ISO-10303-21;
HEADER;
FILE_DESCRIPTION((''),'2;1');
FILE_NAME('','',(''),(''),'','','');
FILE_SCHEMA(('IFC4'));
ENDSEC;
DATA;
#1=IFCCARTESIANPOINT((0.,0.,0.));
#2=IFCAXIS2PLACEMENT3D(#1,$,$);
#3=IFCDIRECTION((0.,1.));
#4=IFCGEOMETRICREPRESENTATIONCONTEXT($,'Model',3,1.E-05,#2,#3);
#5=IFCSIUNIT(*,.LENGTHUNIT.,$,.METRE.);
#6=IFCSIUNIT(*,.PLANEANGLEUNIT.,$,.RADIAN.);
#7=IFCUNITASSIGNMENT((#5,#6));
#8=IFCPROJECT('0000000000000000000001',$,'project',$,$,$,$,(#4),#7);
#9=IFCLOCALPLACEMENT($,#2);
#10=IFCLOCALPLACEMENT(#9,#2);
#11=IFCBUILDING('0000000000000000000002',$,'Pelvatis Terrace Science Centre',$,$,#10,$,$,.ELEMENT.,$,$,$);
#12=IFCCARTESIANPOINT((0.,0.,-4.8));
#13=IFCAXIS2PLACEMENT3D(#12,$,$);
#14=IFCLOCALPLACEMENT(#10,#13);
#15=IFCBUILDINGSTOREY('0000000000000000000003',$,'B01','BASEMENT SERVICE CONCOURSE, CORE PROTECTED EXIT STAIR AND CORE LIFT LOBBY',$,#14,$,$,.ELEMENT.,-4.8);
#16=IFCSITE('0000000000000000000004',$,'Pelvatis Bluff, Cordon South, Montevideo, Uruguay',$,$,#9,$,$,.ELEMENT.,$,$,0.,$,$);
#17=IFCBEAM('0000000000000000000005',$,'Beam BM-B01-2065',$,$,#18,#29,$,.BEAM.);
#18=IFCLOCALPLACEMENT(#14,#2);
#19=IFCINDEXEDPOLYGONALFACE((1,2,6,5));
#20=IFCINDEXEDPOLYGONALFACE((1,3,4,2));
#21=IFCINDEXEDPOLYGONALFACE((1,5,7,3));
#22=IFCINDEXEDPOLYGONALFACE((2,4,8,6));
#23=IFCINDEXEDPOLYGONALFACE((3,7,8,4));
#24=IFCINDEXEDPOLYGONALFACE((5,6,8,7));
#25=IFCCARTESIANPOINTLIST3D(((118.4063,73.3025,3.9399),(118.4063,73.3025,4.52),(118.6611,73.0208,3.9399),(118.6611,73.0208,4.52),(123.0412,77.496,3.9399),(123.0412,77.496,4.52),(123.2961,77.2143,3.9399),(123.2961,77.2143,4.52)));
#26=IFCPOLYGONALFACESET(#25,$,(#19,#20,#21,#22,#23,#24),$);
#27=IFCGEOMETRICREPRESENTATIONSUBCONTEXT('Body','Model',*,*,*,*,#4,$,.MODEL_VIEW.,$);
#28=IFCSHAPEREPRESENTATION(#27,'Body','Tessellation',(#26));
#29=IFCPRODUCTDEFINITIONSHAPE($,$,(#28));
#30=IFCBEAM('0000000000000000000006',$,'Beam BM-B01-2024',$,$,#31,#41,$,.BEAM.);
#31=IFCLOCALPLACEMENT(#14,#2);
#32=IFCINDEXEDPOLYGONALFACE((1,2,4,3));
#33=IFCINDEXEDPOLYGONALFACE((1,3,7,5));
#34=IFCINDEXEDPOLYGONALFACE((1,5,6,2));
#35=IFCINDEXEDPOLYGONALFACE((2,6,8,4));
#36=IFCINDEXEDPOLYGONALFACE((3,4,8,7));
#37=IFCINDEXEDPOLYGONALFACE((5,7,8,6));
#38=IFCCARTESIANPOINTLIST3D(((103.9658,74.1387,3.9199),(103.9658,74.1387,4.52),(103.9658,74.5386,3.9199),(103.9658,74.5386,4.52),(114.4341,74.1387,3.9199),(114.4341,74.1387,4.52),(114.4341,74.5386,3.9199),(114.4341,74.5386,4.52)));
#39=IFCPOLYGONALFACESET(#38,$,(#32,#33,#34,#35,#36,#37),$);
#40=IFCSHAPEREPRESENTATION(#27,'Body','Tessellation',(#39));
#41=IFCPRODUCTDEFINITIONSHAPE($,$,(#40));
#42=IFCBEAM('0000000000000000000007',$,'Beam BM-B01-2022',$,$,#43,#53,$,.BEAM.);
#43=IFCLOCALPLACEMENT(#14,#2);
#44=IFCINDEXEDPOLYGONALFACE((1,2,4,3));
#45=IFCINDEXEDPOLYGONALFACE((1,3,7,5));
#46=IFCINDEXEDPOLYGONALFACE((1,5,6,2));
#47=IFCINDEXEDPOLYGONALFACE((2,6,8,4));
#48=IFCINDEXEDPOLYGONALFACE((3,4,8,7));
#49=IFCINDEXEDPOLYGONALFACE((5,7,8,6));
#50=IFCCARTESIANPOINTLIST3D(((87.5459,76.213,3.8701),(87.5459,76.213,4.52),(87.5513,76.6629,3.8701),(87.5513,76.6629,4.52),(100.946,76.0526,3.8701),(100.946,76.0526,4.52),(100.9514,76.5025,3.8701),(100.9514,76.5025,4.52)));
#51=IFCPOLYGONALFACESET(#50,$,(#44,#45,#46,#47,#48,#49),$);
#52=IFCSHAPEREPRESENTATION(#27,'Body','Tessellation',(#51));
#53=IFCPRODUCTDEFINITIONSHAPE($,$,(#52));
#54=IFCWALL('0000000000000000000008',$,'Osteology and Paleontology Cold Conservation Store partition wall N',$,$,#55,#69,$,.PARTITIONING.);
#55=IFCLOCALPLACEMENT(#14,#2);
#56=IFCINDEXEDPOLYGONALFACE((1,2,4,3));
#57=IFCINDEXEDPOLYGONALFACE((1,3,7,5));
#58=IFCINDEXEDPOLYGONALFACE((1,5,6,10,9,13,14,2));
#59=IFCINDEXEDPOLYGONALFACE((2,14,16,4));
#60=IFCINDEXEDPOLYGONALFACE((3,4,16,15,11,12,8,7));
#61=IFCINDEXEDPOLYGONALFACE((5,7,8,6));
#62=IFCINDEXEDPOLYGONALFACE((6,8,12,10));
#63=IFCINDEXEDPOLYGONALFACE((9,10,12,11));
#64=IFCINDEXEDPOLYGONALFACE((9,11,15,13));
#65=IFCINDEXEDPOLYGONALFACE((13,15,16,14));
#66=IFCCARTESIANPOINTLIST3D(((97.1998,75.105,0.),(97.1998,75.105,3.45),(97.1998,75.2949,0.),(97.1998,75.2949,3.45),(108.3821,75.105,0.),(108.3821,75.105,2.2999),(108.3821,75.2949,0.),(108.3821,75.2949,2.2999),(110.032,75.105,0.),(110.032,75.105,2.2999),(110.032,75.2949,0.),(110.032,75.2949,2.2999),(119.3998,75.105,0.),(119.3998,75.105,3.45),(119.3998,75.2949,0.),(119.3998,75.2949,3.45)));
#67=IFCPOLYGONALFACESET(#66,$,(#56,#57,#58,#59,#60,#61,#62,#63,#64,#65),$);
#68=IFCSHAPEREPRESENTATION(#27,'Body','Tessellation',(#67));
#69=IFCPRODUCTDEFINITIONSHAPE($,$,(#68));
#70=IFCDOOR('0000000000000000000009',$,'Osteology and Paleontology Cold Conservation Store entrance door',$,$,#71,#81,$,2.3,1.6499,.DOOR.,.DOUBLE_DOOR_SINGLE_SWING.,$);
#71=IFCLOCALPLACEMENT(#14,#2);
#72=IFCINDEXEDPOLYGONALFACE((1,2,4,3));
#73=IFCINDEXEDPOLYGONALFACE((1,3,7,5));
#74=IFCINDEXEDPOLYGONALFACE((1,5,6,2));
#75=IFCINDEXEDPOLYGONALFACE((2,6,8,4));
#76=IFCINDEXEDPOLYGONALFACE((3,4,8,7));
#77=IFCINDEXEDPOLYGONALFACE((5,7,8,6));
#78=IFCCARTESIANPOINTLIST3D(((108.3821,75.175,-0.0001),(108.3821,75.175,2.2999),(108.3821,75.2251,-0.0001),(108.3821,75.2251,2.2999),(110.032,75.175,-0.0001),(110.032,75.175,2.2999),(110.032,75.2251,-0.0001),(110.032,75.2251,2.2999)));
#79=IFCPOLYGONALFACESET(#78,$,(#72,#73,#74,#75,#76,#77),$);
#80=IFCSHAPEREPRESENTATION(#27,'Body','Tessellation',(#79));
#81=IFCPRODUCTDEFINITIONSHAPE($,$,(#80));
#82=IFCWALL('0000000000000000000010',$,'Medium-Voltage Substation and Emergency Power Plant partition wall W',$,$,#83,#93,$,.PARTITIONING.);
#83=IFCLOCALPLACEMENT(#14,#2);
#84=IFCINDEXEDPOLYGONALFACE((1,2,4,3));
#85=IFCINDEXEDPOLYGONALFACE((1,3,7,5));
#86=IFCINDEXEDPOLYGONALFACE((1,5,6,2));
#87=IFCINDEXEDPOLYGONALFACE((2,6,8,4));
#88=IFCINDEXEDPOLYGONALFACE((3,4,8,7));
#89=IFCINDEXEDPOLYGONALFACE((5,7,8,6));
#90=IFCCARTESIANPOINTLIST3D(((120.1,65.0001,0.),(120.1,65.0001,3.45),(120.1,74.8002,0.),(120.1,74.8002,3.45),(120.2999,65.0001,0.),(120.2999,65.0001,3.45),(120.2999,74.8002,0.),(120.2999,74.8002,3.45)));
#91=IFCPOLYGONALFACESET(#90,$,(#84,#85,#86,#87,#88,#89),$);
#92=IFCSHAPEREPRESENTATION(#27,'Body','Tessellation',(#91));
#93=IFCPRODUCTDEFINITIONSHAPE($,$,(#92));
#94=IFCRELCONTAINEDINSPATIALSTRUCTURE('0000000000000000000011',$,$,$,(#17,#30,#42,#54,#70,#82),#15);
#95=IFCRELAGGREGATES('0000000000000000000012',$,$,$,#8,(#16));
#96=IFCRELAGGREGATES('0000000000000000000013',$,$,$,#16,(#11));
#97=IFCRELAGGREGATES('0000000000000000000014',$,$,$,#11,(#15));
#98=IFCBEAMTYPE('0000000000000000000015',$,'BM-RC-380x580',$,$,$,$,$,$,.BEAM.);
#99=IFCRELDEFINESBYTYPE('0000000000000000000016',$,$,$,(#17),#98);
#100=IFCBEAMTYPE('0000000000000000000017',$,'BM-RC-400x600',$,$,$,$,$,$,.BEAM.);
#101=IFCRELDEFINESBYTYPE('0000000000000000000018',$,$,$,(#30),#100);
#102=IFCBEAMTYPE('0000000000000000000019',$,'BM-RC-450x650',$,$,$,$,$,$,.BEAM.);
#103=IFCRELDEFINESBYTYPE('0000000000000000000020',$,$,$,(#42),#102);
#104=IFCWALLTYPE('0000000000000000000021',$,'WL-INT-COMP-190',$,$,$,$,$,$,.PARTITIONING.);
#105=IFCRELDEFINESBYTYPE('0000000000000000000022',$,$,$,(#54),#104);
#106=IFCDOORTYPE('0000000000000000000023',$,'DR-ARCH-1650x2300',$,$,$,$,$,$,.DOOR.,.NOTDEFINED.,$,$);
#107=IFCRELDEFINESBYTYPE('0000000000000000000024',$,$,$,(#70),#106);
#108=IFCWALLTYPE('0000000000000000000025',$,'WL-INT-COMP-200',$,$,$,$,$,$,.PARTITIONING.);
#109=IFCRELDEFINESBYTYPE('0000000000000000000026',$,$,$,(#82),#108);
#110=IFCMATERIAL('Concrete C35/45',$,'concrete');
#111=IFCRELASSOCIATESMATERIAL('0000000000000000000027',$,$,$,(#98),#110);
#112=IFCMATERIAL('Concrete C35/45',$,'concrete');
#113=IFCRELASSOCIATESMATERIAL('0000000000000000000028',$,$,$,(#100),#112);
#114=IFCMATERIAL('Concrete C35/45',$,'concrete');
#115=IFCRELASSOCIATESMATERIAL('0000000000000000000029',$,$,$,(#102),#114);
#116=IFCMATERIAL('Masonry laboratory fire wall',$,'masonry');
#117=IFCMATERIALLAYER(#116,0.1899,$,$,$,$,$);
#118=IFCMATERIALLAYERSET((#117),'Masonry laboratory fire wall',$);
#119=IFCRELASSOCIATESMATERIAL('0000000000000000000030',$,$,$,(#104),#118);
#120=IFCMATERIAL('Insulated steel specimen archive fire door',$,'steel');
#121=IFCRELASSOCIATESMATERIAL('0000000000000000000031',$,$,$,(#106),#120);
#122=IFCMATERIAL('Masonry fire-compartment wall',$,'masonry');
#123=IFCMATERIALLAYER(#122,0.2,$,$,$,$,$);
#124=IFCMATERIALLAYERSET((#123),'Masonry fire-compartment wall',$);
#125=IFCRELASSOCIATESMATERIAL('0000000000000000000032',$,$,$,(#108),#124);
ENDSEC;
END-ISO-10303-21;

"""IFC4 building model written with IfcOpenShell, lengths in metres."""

from ifc_helpers import new_model, si_unit, direction, frame, frame_2d, origin, origin_2d, place, context, subcontext, project, spatial, rectangle, extrude, material, layer, layer_set, material_profile, profile_set, type_object, element, fill, save


model = new_model("IFC4")

# Units and contexts
model_context = context("Model", 3, precision=1e-05, world=origin(), true_north=direction((0.0, 1.0)))
body_context = subcontext(model_context, "Body", "Model", "MODEL_VIEW")
ifc_project = project(units=[si_unit("LENGTHUNIT", "METRE"), si_unit("PLANEANGLEUNIT", "RADIAN")], contexts=[model_context])

# Site, building, storey
site_placement = place(None, origin())
site = spatial("IfcSite", under=ifc_project, at=site_placement, Name="Pelvatis Bluff, Cordon South, Montevideo, Uruguay", CompositionType="ELEMENT", RefElevation=0.0)
building_placement = place(site_placement, origin())
building = spatial("IfcBuilding", under=site, at=building_placement, Name="Pelvatis Terrace Science Centre", CompositionType="ELEMENT")
storey_placement = place(building_placement, frame((0.0, 0.0, -4.8)))
storey = spatial("IfcBuildingStorey", under=building, at=storey_placement, Name="B01", Description="BASEMENT SERVICE CONCOURSE, CORE PROTECTED EXIT STAIR AND CORE LIFT LOBBY", CompositionType="ELEMENT", Elevation=-4.8)

# Beams
ifc_material_1 = material(Name="Concrete C35/45", Category="concrete")
ifc_material_profile_1 = material_profile(ifc_material_1, rectangle(XDim=0.3799, YDim=0.5801, at=origin_2d()), Name="RC-BM 380x580")
ifc_profile_set_1 = profile_set([ifc_material_profile_1], Name="Concrete C35/45")
beam_type_1 = type_object("IfcBeamType", Name="BM-RC-380x580", PredefinedType="BEAM", material=ifc_profile_set_1)
beam_1_placement = place(storey_placement, frame((118.5337, 73.1616, 4.23), z_axis=(0.741534, 0.670915, 0.0), x_axis=(-0.670915, 0.741534, 0.0)))
element("IfcBeam", 1, at=beam_1_placement, inside=storey, type_object=beam_type_1, Name="Beam BM-B01-2065", PredefinedType="BEAM", context=body_context, shape_type="SweptSolid", body=[
    extrude(rectangle(XDim=0.3799, YDim=0.5801, at=origin_2d()), origin(), (0.0, 0.0, 1.0), 6.2505),
])
ifc_material_2 = material(Name="Concrete C35/45", Category="concrete")
ifc_material_profile_2 = material_profile(ifc_material_2, rectangle(XDim=0.3999, YDim=0.6001, at=origin_2d()), Name="RC-BM 400x600")
ifc_profile_set_2 = profile_set([ifc_material_profile_2], Name="Concrete C35/45")
beam_type_2 = type_object("IfcBeamType", Name="BM-RC-400x600", PredefinedType="BEAM", material=ifc_profile_set_2)
beam_2_placement = place(storey_placement, frame((103.9658, 74.3386, 4.22), z_axis=(1.0, 0.0, 0.0), x_axis=(0.0, 1.0, 0.0)))
element("IfcBeam", 2, at=beam_2_placement, inside=storey, type_object=beam_type_2, Name="Beam BM-B01-2024", PredefinedType="BEAM", context=body_context, shape_type="SweptSolid", body=[
    extrude(rectangle(XDim=0.3999, YDim=0.6001, at=origin_2d()), origin(), (0.0, 0.0, 1.0), 10.4683),
])
ifc_material_3 = material(Name="Concrete C35/45", Category="concrete")
ifc_material_profile_3 = material_profile(ifc_material_3, rectangle(XDim=0.45, YDim=0.6499, at=origin_2d()), Name="RC-BM 450x650")
ifc_profile_set_3 = profile_set([ifc_material_profile_3], Name="Concrete C35/45")
beam_type_3 = type_object("IfcBeamType", Name="BM-RC-450x650", PredefinedType="BEAM", material=ifc_profile_set_3)
beam_3_placement = place(storey_placement, frame((100.9487, 76.2776, 4.1951), z_axis=(-0.999928, 0.011969, 0.0), x_axis=(-0.011969, -0.999928, 0.0)))
element("IfcBeam", 3, at=beam_3_placement, inside=storey, type_object=beam_type_3, Name="Beam BM-B01-2022", PredefinedType="BEAM", context=body_context, shape_type="SweptSolid", body=[
    extrude(rectangle(XDim=0.45, YDim=0.6499, at=origin_2d()), origin(), (0.0, 0.0, 1.0), 13.4011),
])

# Wall, opening, door
ifc_material_4 = material(Name="Masonry laboratory fire wall", Category="masonry")
ifc_layer_1 = layer(ifc_material_4, 0.1899)
ifc_layer_set_1 = layer_set([ifc_layer_1], Name="Masonry laboratory fire wall")
wall_type_1 = type_object("IfcWallType", Name="WL-INT-COMP-190", PredefinedType="PARTITIONING", material=ifc_layer_set_1)
wall_1_placement = place(storey_placement, frame((119.3999, 75.2, 0.0), z_axis=(0.0, 0.0, 1.0), x_axis=(-1.0, 0.0, 0.0)))
wall_1 = element("IfcWall", 4, at=wall_1_placement, inside=storey, type_object=wall_type_1, Name="Osteology and Paleontology Cold Conservation Store partition wall N", PredefinedType="PARTITIONING", context=body_context, shape_type="SweptSolid", body=[
    extrude(rectangle(XDim=22.2, YDim=0.1899, at=frame_2d((11.1001, 0.0))), origin(), (0.0, 0.0, 1.0), 3.45),
])
opening_placement = place(wall_1_placement, frame((9.3679, 0.0, 0.0)))
opening = element("IfcOpeningElement", 5, at=opening_placement, cuts=wall_1, PredefinedType="OPENING", context=body_context, shape_type="SweptSolid", body=[
    extrude(rectangle(XDim=1.6499, YDim=2.3, at=frame_2d((0.825, 1.1499))), frame((0.0, 0.105, 0.0), z_axis=(0.0, -1.0, 0.0), x_axis=(1.0, 0.0, 0.0)), (0.0, 0.0, 1.0), 0.21),
])
ifc_material_5 = material(Name="Insulated steel specimen archive fire door", Category="steel")
door_type = type_object("IfcDoorType", Name="DR-ARCH-1650x2300", OperationType="NOTDEFINED", PredefinedType="DOOR", material=ifc_material_5)
door_placement = place(opening_placement, origin())
door = element("IfcDoor", 6, at=door_placement, inside=storey, type_object=door_type, Name="Osteology and Paleontology Cold Conservation Store entrance door", OperationType="DOUBLE_DOOR_SINGLE_SWING", OverallHeight=2.3, OverallWidth=1.6499, PredefinedType="DOOR", context=body_context, shape_type="SweptSolid", body=[
    extrude(rectangle(XDim=1.6499, YDim=2.3, at=frame_2d((0.825, 1.1499))), frame((0.0, 0.0249, 0.0), z_axis=(0.0, -1.0, 0.0), x_axis=(1.0, 0.0, 0.0)), (0.0, 0.0, 1.0), 0.05),
])
fill(opening, door)

# Wall
ifc_material_6 = material(Name="Masonry fire-compartment wall", Category="masonry")
ifc_layer_2 = layer(ifc_material_6, 0.2)
ifc_layer_set_2 = layer_set([ifc_layer_2], Name="Masonry fire-compartment wall")
wall_type_2 = type_object("IfcWallType", Name="WL-INT-COMP-200", PredefinedType="PARTITIONING", material=ifc_layer_set_2)
wall_2_placement = place(storey_placement, frame((120.2, 74.8, 0.0), z_axis=(0.0, 0.0, 1.0), x_axis=(0.0, -1.0, 0.0)))
element("IfcWall", 7, at=wall_2_placement, inside=storey, type_object=wall_type_2, Name="Medium-Voltage Substation and Emergency Power Plant partition wall W", PredefinedType="PARTITIONING", context=body_context, shape_type="SweptSolid", body=[
    extrude(rectangle(XDim=9.8, YDim=0.2, at=frame_2d((4.8999, 0.0))), origin(), (0.0, 0.0, 1.0), 3.45),
])

save(model, "model.ifc")
